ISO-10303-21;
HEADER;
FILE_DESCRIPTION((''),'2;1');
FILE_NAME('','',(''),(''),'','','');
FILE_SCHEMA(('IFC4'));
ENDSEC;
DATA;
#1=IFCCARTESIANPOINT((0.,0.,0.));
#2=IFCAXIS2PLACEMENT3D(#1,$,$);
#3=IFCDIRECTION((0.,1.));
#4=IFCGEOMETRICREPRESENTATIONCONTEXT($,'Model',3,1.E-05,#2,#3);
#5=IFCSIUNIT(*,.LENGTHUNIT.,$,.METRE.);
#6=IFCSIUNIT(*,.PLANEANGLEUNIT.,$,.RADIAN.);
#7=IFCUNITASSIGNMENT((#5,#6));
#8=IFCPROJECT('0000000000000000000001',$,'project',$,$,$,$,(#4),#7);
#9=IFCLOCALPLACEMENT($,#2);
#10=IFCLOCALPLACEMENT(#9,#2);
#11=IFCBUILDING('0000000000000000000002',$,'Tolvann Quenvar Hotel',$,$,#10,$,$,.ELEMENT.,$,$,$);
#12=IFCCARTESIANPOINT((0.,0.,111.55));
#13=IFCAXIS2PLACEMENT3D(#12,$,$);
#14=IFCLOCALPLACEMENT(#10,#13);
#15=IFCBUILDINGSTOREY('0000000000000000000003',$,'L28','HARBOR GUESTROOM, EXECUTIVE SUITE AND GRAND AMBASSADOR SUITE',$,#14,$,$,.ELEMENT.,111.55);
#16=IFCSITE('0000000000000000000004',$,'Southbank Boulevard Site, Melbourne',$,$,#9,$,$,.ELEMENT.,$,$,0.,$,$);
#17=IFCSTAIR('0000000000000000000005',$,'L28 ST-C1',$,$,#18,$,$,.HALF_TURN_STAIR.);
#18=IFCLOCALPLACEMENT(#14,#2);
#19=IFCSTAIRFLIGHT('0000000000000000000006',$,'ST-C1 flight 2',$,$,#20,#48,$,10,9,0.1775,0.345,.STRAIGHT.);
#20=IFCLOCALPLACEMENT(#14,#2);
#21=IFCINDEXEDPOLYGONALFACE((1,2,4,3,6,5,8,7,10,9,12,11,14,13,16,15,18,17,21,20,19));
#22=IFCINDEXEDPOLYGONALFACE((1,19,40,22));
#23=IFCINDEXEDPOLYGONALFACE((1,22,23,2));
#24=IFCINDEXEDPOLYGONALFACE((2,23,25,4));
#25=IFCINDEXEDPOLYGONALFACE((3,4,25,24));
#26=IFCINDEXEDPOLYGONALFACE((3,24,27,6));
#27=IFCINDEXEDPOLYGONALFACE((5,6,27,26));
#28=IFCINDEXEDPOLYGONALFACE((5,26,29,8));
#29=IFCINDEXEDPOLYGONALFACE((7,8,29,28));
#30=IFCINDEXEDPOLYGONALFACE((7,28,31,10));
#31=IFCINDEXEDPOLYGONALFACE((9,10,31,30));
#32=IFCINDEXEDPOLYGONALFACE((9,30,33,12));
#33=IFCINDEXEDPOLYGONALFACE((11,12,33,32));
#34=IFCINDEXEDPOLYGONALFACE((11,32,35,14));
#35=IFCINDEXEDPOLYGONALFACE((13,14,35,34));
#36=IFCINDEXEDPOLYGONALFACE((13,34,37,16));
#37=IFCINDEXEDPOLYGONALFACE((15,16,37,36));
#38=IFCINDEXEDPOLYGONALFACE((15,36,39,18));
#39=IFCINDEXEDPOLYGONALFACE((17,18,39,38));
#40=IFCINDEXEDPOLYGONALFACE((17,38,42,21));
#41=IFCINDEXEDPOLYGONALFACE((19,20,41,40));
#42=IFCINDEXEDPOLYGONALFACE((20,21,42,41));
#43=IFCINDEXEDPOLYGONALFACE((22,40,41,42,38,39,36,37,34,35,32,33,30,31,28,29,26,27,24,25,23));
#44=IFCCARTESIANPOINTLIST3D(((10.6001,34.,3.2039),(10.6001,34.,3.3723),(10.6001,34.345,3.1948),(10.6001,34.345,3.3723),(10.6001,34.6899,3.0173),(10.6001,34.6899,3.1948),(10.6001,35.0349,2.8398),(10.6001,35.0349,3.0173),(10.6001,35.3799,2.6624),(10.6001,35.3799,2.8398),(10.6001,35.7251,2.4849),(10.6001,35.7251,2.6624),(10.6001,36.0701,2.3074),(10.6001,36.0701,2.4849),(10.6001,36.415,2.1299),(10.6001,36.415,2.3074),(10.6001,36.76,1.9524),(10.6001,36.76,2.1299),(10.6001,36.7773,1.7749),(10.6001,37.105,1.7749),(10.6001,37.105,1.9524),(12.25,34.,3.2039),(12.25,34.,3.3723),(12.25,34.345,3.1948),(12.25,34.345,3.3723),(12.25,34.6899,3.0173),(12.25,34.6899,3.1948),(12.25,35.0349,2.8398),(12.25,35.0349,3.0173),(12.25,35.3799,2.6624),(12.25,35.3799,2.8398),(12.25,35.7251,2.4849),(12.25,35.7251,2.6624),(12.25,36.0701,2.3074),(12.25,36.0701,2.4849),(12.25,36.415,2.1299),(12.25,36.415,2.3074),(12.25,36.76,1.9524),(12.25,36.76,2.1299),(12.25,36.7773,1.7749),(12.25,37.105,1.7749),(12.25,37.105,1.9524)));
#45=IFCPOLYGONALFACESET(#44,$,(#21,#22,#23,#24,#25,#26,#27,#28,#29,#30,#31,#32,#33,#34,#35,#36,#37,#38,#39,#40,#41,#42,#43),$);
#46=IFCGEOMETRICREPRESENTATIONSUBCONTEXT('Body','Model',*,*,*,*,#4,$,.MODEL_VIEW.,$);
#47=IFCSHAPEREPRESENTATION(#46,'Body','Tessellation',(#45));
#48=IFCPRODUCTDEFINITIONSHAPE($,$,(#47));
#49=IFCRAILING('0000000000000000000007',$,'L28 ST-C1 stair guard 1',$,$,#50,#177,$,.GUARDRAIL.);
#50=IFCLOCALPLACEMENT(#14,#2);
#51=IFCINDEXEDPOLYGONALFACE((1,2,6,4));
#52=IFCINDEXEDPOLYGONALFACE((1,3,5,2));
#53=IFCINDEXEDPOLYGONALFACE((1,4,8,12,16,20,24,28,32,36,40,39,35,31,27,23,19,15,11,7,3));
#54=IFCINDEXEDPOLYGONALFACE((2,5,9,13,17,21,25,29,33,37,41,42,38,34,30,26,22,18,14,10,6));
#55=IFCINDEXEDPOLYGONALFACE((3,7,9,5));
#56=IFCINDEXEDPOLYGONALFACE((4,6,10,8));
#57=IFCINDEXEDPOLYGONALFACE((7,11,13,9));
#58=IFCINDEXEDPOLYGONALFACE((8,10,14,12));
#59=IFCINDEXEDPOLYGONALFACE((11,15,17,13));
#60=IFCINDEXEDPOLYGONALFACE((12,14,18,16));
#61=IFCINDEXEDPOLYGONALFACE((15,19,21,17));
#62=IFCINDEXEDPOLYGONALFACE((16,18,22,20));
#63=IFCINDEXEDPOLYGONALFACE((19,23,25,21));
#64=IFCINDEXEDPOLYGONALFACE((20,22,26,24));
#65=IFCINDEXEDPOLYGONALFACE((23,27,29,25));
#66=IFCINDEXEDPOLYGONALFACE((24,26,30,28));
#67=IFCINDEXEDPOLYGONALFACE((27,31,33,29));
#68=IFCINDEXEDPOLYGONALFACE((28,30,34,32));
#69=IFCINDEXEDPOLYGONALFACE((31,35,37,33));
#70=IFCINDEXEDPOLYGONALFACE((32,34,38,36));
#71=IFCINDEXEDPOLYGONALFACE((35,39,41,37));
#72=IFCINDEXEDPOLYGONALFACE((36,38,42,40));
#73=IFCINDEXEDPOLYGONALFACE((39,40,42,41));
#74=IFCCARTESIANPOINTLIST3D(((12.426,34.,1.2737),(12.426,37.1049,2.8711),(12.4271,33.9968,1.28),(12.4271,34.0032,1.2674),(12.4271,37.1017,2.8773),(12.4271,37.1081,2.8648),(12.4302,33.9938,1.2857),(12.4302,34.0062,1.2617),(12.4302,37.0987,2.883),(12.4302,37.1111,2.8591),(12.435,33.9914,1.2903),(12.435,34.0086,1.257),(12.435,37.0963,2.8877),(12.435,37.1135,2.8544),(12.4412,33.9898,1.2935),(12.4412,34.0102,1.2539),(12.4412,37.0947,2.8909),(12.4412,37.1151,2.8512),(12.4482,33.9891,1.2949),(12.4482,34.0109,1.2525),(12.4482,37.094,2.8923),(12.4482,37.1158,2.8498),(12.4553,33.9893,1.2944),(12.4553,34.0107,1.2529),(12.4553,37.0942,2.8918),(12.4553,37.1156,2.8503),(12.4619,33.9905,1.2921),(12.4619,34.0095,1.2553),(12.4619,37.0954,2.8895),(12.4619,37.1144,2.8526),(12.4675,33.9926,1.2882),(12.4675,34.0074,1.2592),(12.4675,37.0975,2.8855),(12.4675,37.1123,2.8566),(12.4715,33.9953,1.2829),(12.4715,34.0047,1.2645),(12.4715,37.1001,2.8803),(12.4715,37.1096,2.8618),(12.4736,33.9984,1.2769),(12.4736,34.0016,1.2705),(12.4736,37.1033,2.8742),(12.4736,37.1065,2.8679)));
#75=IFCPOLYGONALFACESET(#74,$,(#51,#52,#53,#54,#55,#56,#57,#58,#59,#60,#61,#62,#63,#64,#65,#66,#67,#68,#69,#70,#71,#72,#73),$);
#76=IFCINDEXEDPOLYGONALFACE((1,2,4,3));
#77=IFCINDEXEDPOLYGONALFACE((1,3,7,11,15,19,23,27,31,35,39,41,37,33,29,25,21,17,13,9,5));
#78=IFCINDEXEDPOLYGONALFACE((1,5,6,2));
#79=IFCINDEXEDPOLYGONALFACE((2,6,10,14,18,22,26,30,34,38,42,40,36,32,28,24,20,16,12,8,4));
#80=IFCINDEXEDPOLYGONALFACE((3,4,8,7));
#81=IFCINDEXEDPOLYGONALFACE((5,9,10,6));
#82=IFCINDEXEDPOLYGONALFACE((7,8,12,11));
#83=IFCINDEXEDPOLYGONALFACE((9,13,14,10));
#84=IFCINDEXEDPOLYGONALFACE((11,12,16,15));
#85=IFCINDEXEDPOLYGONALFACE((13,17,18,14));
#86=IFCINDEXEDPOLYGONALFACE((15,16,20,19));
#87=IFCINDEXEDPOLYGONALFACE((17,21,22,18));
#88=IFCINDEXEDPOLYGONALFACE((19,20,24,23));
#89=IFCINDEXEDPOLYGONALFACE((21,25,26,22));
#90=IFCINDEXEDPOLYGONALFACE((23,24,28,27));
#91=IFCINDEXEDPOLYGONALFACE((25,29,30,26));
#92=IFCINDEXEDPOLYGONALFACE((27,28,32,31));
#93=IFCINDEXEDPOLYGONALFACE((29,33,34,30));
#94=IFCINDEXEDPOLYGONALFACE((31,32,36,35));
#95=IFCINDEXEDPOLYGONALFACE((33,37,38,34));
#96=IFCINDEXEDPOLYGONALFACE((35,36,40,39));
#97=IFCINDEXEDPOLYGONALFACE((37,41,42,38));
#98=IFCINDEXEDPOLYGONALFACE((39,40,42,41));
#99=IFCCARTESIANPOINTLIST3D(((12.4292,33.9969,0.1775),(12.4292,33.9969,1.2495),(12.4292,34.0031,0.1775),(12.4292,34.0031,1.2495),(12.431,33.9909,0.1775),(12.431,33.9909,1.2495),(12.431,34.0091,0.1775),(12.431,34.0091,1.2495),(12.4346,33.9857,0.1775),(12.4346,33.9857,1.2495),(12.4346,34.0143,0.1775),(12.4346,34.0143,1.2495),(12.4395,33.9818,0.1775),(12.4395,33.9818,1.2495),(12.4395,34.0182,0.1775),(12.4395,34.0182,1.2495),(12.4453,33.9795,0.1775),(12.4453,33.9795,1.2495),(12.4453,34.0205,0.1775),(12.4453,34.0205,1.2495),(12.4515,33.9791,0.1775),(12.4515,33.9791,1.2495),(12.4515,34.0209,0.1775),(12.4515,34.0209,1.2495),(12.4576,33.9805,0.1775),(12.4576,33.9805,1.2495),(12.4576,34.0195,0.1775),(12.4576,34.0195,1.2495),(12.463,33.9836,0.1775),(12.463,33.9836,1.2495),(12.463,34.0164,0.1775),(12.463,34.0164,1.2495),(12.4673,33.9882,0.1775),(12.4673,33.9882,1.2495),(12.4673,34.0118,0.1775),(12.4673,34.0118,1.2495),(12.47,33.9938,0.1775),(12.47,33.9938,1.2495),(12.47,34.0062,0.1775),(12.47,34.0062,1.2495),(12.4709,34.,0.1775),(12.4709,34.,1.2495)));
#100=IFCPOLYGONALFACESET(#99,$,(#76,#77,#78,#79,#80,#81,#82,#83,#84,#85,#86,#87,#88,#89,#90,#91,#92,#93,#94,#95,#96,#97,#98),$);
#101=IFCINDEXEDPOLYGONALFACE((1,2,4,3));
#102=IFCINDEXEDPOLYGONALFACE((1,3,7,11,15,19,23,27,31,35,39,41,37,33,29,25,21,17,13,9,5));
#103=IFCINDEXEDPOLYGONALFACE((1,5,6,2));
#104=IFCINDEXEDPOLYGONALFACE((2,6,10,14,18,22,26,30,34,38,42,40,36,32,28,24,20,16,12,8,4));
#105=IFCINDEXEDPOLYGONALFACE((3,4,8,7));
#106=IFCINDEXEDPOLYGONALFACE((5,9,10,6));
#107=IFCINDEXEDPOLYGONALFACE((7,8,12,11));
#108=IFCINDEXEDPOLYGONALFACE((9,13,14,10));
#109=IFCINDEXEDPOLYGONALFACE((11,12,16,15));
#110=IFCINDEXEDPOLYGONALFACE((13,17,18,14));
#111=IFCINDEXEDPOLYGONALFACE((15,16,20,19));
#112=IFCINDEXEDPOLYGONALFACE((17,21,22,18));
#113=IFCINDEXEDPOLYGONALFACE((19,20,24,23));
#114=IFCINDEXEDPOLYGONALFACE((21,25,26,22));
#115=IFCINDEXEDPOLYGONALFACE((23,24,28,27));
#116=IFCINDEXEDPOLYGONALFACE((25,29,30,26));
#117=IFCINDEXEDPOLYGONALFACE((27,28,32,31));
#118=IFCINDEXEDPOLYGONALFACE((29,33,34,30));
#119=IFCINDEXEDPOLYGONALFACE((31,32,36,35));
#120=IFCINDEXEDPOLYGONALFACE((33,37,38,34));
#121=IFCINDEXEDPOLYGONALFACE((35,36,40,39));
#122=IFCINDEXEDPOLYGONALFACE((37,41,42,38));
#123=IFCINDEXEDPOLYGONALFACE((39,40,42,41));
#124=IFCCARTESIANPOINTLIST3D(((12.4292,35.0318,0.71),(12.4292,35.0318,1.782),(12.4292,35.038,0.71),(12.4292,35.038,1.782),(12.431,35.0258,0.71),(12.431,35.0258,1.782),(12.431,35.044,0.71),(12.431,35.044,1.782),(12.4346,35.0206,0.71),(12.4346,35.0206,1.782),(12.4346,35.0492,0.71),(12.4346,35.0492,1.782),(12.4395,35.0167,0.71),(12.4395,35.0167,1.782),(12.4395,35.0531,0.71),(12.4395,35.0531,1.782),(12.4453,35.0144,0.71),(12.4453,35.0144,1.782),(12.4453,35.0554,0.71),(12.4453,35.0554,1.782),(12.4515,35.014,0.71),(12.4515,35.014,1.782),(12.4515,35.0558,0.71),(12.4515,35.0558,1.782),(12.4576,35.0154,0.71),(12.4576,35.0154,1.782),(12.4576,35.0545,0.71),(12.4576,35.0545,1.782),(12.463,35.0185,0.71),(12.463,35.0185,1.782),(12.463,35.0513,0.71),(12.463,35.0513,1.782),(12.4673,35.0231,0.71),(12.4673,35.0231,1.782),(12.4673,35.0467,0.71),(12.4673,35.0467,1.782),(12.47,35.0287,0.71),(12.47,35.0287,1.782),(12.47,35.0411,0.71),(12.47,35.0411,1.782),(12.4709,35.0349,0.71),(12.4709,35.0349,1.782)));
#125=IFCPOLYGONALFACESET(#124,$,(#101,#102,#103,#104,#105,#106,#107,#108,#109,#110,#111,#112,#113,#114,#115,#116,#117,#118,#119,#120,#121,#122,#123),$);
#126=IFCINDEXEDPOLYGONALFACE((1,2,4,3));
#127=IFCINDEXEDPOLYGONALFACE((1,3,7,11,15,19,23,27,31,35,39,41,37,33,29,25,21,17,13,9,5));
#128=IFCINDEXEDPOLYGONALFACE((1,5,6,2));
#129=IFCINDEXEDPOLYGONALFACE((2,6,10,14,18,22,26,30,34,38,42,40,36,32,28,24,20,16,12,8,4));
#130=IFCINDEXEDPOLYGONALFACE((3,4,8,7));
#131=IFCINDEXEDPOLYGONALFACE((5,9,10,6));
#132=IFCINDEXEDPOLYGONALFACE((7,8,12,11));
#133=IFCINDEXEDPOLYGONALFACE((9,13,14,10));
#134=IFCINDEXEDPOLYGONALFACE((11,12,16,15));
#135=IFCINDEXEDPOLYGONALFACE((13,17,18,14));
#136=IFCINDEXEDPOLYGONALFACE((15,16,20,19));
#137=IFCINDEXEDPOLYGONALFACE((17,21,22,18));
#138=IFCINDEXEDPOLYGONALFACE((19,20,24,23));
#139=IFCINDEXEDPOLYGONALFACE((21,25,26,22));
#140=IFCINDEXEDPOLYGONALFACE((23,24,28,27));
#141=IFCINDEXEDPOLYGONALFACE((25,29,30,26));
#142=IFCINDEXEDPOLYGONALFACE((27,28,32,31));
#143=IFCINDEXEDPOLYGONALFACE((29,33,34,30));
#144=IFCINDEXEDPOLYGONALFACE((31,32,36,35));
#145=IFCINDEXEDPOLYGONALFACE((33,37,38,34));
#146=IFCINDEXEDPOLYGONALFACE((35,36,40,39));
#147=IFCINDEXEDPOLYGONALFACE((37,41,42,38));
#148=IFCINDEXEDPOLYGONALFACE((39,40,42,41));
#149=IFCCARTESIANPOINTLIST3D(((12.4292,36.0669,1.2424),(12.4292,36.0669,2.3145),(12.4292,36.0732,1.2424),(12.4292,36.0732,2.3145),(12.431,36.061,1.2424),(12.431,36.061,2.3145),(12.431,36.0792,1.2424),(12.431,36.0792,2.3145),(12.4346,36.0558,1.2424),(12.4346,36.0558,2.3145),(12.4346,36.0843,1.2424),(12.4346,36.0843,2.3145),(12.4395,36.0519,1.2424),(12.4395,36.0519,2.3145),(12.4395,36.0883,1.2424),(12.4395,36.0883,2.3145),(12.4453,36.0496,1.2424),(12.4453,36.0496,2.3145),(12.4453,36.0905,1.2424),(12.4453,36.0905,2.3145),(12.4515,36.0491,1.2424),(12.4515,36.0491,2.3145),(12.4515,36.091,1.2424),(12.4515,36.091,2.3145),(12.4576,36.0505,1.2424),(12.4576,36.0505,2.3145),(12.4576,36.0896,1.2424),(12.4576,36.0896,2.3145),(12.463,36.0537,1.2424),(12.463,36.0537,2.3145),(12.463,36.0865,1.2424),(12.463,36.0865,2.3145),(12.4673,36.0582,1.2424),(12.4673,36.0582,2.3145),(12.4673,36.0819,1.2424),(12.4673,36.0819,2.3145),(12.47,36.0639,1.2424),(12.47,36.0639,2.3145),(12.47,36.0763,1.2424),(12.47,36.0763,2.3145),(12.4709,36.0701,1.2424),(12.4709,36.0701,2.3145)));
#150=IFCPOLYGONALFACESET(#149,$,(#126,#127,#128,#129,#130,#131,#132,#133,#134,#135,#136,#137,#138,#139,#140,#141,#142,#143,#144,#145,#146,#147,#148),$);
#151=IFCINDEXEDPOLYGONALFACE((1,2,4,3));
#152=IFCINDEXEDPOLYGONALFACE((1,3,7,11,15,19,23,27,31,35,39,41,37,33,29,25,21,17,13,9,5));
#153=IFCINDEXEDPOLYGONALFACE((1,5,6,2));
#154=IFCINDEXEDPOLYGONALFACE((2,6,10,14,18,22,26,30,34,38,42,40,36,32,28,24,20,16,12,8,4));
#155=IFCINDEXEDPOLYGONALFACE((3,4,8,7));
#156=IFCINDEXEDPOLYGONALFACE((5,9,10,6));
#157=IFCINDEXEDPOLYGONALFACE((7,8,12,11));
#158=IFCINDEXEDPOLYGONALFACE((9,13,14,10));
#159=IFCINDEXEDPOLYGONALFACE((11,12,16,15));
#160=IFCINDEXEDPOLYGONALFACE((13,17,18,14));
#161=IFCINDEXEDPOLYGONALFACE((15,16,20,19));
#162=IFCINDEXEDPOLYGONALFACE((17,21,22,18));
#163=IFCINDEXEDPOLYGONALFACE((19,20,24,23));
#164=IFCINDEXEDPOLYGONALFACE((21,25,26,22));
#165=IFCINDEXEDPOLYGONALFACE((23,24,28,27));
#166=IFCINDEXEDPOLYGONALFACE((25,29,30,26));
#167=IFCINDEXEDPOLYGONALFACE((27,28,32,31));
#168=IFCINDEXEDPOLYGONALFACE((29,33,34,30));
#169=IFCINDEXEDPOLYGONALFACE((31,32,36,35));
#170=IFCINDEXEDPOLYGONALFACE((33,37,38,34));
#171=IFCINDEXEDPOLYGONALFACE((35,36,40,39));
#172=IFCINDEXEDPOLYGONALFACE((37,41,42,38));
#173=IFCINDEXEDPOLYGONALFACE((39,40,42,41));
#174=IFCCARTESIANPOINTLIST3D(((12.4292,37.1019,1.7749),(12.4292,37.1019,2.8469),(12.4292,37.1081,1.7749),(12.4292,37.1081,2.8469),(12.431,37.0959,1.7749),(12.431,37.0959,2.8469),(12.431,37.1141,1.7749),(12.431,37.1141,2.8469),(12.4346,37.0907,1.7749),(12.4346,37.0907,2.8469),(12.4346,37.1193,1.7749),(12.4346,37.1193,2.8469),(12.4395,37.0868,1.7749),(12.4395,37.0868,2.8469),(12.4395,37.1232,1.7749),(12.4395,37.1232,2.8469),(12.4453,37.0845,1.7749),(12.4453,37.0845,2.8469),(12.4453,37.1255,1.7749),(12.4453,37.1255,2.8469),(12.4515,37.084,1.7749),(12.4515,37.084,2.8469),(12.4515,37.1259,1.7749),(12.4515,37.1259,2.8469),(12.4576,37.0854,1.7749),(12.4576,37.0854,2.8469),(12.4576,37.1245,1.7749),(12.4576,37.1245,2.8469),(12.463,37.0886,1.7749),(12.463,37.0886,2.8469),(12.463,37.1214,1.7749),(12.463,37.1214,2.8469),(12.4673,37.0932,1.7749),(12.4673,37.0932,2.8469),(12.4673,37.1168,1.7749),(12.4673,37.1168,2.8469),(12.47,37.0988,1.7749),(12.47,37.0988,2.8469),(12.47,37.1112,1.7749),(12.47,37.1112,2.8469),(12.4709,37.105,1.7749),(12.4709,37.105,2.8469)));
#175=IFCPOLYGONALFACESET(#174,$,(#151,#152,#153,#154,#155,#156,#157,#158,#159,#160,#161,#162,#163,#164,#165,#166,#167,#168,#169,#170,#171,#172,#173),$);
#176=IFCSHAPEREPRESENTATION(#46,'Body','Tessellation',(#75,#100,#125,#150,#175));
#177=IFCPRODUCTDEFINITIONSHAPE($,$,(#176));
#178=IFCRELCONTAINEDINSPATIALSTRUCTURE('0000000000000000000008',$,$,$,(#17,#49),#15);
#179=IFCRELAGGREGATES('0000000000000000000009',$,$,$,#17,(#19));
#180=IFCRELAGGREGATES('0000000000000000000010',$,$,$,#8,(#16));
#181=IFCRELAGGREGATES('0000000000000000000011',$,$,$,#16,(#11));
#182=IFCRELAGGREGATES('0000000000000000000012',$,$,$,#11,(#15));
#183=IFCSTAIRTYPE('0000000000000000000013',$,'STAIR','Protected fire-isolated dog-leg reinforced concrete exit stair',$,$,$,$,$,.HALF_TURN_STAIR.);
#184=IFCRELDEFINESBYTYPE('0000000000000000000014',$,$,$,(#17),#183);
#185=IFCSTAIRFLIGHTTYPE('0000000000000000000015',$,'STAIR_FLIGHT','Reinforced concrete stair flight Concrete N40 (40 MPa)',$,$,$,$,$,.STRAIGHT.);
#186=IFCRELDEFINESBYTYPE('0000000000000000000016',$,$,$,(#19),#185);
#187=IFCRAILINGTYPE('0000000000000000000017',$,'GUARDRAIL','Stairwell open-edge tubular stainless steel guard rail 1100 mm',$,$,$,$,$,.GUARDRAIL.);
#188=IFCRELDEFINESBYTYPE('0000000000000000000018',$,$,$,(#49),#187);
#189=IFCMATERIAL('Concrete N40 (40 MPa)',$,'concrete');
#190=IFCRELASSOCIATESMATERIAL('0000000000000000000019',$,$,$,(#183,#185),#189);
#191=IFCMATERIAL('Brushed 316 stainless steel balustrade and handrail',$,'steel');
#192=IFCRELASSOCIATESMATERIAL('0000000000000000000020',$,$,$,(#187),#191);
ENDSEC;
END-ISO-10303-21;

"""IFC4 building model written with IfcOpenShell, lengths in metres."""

from ifc_helpers import new_model, si_unit, direction, frame, origin, origin_2d, place, context, subcontext, project, spatial, polyline, circle, outline, extrude, material, type_object, element, aggregate, save


model = new_model("IFC4")

# Units and contexts
model_context = context("Model", 3, precision=1e-05, world=origin(), true_north=direction((0.0, 1.0)))
body_context = subcontext(model_context, "Body", "Model", "MODEL_VIEW")
ifc_project = project(units=[si_unit("LENGTHUNIT", "METRE"), si_unit("PLANEANGLEUNIT", "RADIAN")], contexts=[model_context])

# Site, building, storey
site_placement = place(None, origin())
site = spatial("IfcSite", under=ifc_project, at=site_placement, Name="Southbank Boulevard Site, Melbourne", CompositionType="ELEMENT", RefElevation=0.0)
building_placement = place(site_placement, origin())
building = spatial("IfcBuilding", under=site, at=building_placement, Name="Tolvann Quenvar Hotel", CompositionType="ELEMENT")
storey_placement = place(building_placement, frame((0.0, 0.0, 111.55)))
storey = spatial("IfcBuildingStorey", under=building, at=storey_placement, Name="L28", Description="HARBOR GUESTROOM, EXECUTIVE SUITE AND GRAND AMBASSADOR SUITE", CompositionType="ELEMENT", Elevation=111.55)

# Shared definitions
ifc_material_1 = material(Name="Concrete N40 (40 MPa)", Category="concrete")

# Stair, stair flight
stair_type = type_object("IfcStairType", Name="STAIR", Description="Protected fire-isolated dog-leg reinforced concrete exit stair", PredefinedType="HALF_TURN_STAIR", material=ifc_material_1)
stair_placement = place(storey_placement, origin())
stair = element("IfcStair", 1, at=stair_placement, inside=storey, type_object=stair_type, Name="L28 ST-C1", PredefinedType="HALF_TURN_STAIR")
stair_flight_type = type_object("IfcStairFlightType", Name="STAIR_FLIGHT", Description="Reinforced concrete stair flight Concrete N40 (40 MPa)", PredefinedType="STRAIGHT", material=ifc_material_1)
stair_flight_1_placement = place(storey_placement, frame((11.425, 37.105, 1.7749), z_axis=(0.0, 0.0, 1.0), x_axis=(0.0, -1.0, 0.0)))
stair_flight_1 = element("IfcStairFlight", 2, at=stair_flight_1_placement, type_object=stair_flight_type, Name="ST-C1 flight 2", NumberOfRisers=10, NumberOfTreads=9, PredefinedType="STRAIGHT", RiserHeight=0.1775, TreadLength=0.345, context=body_context, shape_type="SweptSolid", body=[
    extrude(outline(polyline([(0.0, 0.0), (0.0, 0.1775), (0.345, 0.1775), (0.345, 0.355), (0.6899, 0.355), (0.6899, 0.5325), (1.0349, 0.5325), (1.0349, 0.71), (1.3799, 0.71), (1.3799, 0.8875), (1.7251, 0.8875), (1.7251, 1.0649), (2.0701, 1.0649), (2.0701, 1.2424), (2.415, 1.2424), (2.415, 1.4199), (2.76, 1.4199), (2.76, 1.5974), (3.105, 1.5974), (3.105, 1.7749), (3.105, 1.429), (0.3276, 0.0), (0.0, 0.0)])), frame((0.0, 0.825, 0.0), z_axis=(0.0, -1.0, 0.0), x_axis=(1.0, 0.0, 0.0)), (0.0, 0.0, 1.0), 1.6499),
])
aggregate(stair, [stair_flight_1])

# Railing
ifc_material_2 = material(Name="Brushed 316 stainless steel balustrade and handrail", Category="steel")
railing_type_1 = type_object("IfcRailingType", Name="GUARDRAIL", Description="Stairwell open-edge tubular stainless steel guard rail 1100 mm", PredefinedType="GUARDRAIL", material=ifc_material_2)
railing_1_placement = place(storey_placement, frame((12.45, 34.0, 0.1775)))
element("IfcRailing", 3, at=railing_1_placement, inside=storey, type_object=railing_type_1, Name="L28 ST-C1 stair guard 1", PredefinedType="GUARDRAIL", context=body_context, shape_type="SweptSolid", body=[
    extrude(circle(Radius=0.0239, at=origin_2d()), frame((0.0, 0.0, 1.0962), z_axis=(0.0, 0.889222, 0.457476), x_axis=(-1.0, 0.0, 0.0)), (0.0, 0.0, 1.0), 3.4917),
    extrude(circle(Radius=0.021, at=origin_2d()), origin(), (0.0, 0.0, 1.0), 1.072),
    extrude(circle(Radius=0.021, at=origin_2d()), frame((0.0, 1.0349, 0.5325)), (0.0, 0.0, 1.0), 1.072),
    extrude(circle(Radius=0.021, at=origin_2d()), frame((0.0, 2.0701, 1.0649)), (0.0, 0.0, 1.0), 1.072),
    extrude(circle(Radius=0.021, at=origin_2d()), frame((0.0, 3.105, 1.5974)), (0.0, 0.0, 1.0), 1.072),
])

save(model, "model.ifc")
